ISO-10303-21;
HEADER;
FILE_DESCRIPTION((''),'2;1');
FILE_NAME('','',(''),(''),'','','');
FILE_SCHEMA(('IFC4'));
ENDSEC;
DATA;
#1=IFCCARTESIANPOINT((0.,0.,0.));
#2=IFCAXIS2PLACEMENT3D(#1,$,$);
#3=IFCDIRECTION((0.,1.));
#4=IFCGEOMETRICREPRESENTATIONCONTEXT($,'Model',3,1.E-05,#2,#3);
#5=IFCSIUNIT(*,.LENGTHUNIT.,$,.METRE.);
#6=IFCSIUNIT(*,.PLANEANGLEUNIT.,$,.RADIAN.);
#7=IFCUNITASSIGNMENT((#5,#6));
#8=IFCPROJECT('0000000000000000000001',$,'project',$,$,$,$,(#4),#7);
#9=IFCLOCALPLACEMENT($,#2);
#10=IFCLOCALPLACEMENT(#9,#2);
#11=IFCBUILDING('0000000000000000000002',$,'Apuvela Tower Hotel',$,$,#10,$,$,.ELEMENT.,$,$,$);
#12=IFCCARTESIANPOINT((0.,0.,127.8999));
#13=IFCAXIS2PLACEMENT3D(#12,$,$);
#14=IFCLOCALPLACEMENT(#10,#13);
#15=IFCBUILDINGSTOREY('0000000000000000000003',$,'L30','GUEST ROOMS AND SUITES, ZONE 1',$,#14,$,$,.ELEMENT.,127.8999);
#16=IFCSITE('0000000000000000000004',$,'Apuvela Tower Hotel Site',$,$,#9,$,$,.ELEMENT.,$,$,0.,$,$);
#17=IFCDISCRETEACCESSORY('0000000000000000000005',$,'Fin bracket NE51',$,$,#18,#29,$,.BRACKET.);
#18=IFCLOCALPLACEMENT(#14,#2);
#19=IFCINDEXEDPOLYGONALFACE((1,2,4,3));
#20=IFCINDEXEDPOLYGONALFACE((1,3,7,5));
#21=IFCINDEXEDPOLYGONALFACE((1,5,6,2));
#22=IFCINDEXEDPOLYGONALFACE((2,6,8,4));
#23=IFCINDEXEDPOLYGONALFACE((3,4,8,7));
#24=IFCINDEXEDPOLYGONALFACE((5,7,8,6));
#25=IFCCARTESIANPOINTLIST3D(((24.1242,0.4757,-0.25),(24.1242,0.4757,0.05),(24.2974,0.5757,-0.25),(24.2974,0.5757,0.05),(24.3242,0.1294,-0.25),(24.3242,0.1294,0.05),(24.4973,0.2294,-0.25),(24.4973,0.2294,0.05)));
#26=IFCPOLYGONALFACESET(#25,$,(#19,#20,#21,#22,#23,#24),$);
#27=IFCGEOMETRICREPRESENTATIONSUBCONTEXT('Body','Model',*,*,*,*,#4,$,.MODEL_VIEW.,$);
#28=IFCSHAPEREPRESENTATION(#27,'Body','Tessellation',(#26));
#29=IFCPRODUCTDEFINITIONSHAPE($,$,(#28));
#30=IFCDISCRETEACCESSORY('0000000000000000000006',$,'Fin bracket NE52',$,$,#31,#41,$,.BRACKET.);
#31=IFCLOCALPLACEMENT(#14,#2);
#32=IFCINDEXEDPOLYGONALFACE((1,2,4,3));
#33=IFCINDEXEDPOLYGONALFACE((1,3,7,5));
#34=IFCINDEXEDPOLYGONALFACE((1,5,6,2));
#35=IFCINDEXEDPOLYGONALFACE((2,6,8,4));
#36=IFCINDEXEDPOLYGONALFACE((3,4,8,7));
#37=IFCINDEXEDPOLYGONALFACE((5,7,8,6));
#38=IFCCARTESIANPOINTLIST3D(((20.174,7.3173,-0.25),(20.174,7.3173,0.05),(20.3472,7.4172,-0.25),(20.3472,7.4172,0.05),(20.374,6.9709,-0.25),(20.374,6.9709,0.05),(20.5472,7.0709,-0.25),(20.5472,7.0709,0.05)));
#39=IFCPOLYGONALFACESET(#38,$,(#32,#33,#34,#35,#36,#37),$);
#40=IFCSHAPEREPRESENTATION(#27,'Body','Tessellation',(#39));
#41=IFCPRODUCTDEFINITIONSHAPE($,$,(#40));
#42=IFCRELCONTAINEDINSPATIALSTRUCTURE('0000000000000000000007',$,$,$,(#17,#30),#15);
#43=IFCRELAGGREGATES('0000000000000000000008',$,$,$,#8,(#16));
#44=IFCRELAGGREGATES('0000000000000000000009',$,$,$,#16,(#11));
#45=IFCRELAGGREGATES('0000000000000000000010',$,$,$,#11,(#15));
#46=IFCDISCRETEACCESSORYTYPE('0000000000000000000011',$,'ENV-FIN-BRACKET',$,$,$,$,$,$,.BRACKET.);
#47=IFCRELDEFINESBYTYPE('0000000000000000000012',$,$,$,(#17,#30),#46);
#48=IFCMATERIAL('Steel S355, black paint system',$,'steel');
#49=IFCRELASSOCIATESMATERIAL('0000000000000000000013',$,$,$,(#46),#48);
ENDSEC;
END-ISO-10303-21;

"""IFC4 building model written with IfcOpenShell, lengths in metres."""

from ifc_helpers import new_model, si_unit, direction, frame, origin, origin_2d, place, context, subcontext, project, spatial, rectangle, extrude, material, type_object, element, save


model = new_model("IFC4")

# Units and contexts
model_context = context("Model", 3, precision=1e-05, world=origin(), true_north=direction((0.0, 1.0)))
body_context = subcontext(model_context, "Body", "Model", "MODEL_VIEW")
ifc_project = project(units=[si_unit("LENGTHUNIT", "METRE"), si_unit("PLANEANGLEUNIT", "RADIAN")], contexts=[model_context])

# Site, building, storey
site_placement = place(None, origin())
site = spatial("IfcSite", under=ifc_project, at=site_placement, Name="Apuvela Tower Hotel Site", CompositionType="ELEMENT", RefElevation=0.0)
building_placement = place(site_placement, origin())
building = spatial("IfcBuilding", under=site, at=building_placement, Name="Apuvela Tower Hotel", CompositionType="ELEMENT")
storey_placement = place(building_placement, frame((0.0, 0.0, 127.8999)))
storey = spatial("IfcBuildingStorey", under=building, at=storey_placement, Name="L30", Description="GUEST ROOMS AND SUITES, ZONE 1", CompositionType="ELEMENT", Elevation=127.8999)

# Discrete accessories
ifc_material_1 = material(Name="Steel S355, black paint system", Category="steel")
discrete_accessory_type = type_object("IfcDiscreteAccessoryType", Name="ENV-FIN-BRACKET", PredefinedType="BRACKET", material=ifc_material_1)
for number, where, z_axis, x_axis, name in (
    (1, (24.3108, 0.3525, -0.25), (0.0, 0.0, 1.0), (-0.5, 0.866025, 0.0), "Fin bracket NE51"),
    (2, (20.3606, 7.1941, -0.25), (0.0, 0.0, 1.0), (-0.5, 0.866025, 0.0), "Fin bracket NE52"),
):
    element("IfcDiscreteAccessory", number, at=place(storey_placement, frame(where, z_axis=z_axis, x_axis=x_axis)), inside=storey, type_object=discrete_accessory_type, Name=name, PredefinedType="BRACKET", context=body_context, shape_type="SweptSolid", body=[
        extrude(rectangle(XDim=0.3999, YDim=0.2, at=origin_2d()), origin(), (0.0, 0.0, 1.0), 0.3),
    ])

save(model, "model.ifc")
